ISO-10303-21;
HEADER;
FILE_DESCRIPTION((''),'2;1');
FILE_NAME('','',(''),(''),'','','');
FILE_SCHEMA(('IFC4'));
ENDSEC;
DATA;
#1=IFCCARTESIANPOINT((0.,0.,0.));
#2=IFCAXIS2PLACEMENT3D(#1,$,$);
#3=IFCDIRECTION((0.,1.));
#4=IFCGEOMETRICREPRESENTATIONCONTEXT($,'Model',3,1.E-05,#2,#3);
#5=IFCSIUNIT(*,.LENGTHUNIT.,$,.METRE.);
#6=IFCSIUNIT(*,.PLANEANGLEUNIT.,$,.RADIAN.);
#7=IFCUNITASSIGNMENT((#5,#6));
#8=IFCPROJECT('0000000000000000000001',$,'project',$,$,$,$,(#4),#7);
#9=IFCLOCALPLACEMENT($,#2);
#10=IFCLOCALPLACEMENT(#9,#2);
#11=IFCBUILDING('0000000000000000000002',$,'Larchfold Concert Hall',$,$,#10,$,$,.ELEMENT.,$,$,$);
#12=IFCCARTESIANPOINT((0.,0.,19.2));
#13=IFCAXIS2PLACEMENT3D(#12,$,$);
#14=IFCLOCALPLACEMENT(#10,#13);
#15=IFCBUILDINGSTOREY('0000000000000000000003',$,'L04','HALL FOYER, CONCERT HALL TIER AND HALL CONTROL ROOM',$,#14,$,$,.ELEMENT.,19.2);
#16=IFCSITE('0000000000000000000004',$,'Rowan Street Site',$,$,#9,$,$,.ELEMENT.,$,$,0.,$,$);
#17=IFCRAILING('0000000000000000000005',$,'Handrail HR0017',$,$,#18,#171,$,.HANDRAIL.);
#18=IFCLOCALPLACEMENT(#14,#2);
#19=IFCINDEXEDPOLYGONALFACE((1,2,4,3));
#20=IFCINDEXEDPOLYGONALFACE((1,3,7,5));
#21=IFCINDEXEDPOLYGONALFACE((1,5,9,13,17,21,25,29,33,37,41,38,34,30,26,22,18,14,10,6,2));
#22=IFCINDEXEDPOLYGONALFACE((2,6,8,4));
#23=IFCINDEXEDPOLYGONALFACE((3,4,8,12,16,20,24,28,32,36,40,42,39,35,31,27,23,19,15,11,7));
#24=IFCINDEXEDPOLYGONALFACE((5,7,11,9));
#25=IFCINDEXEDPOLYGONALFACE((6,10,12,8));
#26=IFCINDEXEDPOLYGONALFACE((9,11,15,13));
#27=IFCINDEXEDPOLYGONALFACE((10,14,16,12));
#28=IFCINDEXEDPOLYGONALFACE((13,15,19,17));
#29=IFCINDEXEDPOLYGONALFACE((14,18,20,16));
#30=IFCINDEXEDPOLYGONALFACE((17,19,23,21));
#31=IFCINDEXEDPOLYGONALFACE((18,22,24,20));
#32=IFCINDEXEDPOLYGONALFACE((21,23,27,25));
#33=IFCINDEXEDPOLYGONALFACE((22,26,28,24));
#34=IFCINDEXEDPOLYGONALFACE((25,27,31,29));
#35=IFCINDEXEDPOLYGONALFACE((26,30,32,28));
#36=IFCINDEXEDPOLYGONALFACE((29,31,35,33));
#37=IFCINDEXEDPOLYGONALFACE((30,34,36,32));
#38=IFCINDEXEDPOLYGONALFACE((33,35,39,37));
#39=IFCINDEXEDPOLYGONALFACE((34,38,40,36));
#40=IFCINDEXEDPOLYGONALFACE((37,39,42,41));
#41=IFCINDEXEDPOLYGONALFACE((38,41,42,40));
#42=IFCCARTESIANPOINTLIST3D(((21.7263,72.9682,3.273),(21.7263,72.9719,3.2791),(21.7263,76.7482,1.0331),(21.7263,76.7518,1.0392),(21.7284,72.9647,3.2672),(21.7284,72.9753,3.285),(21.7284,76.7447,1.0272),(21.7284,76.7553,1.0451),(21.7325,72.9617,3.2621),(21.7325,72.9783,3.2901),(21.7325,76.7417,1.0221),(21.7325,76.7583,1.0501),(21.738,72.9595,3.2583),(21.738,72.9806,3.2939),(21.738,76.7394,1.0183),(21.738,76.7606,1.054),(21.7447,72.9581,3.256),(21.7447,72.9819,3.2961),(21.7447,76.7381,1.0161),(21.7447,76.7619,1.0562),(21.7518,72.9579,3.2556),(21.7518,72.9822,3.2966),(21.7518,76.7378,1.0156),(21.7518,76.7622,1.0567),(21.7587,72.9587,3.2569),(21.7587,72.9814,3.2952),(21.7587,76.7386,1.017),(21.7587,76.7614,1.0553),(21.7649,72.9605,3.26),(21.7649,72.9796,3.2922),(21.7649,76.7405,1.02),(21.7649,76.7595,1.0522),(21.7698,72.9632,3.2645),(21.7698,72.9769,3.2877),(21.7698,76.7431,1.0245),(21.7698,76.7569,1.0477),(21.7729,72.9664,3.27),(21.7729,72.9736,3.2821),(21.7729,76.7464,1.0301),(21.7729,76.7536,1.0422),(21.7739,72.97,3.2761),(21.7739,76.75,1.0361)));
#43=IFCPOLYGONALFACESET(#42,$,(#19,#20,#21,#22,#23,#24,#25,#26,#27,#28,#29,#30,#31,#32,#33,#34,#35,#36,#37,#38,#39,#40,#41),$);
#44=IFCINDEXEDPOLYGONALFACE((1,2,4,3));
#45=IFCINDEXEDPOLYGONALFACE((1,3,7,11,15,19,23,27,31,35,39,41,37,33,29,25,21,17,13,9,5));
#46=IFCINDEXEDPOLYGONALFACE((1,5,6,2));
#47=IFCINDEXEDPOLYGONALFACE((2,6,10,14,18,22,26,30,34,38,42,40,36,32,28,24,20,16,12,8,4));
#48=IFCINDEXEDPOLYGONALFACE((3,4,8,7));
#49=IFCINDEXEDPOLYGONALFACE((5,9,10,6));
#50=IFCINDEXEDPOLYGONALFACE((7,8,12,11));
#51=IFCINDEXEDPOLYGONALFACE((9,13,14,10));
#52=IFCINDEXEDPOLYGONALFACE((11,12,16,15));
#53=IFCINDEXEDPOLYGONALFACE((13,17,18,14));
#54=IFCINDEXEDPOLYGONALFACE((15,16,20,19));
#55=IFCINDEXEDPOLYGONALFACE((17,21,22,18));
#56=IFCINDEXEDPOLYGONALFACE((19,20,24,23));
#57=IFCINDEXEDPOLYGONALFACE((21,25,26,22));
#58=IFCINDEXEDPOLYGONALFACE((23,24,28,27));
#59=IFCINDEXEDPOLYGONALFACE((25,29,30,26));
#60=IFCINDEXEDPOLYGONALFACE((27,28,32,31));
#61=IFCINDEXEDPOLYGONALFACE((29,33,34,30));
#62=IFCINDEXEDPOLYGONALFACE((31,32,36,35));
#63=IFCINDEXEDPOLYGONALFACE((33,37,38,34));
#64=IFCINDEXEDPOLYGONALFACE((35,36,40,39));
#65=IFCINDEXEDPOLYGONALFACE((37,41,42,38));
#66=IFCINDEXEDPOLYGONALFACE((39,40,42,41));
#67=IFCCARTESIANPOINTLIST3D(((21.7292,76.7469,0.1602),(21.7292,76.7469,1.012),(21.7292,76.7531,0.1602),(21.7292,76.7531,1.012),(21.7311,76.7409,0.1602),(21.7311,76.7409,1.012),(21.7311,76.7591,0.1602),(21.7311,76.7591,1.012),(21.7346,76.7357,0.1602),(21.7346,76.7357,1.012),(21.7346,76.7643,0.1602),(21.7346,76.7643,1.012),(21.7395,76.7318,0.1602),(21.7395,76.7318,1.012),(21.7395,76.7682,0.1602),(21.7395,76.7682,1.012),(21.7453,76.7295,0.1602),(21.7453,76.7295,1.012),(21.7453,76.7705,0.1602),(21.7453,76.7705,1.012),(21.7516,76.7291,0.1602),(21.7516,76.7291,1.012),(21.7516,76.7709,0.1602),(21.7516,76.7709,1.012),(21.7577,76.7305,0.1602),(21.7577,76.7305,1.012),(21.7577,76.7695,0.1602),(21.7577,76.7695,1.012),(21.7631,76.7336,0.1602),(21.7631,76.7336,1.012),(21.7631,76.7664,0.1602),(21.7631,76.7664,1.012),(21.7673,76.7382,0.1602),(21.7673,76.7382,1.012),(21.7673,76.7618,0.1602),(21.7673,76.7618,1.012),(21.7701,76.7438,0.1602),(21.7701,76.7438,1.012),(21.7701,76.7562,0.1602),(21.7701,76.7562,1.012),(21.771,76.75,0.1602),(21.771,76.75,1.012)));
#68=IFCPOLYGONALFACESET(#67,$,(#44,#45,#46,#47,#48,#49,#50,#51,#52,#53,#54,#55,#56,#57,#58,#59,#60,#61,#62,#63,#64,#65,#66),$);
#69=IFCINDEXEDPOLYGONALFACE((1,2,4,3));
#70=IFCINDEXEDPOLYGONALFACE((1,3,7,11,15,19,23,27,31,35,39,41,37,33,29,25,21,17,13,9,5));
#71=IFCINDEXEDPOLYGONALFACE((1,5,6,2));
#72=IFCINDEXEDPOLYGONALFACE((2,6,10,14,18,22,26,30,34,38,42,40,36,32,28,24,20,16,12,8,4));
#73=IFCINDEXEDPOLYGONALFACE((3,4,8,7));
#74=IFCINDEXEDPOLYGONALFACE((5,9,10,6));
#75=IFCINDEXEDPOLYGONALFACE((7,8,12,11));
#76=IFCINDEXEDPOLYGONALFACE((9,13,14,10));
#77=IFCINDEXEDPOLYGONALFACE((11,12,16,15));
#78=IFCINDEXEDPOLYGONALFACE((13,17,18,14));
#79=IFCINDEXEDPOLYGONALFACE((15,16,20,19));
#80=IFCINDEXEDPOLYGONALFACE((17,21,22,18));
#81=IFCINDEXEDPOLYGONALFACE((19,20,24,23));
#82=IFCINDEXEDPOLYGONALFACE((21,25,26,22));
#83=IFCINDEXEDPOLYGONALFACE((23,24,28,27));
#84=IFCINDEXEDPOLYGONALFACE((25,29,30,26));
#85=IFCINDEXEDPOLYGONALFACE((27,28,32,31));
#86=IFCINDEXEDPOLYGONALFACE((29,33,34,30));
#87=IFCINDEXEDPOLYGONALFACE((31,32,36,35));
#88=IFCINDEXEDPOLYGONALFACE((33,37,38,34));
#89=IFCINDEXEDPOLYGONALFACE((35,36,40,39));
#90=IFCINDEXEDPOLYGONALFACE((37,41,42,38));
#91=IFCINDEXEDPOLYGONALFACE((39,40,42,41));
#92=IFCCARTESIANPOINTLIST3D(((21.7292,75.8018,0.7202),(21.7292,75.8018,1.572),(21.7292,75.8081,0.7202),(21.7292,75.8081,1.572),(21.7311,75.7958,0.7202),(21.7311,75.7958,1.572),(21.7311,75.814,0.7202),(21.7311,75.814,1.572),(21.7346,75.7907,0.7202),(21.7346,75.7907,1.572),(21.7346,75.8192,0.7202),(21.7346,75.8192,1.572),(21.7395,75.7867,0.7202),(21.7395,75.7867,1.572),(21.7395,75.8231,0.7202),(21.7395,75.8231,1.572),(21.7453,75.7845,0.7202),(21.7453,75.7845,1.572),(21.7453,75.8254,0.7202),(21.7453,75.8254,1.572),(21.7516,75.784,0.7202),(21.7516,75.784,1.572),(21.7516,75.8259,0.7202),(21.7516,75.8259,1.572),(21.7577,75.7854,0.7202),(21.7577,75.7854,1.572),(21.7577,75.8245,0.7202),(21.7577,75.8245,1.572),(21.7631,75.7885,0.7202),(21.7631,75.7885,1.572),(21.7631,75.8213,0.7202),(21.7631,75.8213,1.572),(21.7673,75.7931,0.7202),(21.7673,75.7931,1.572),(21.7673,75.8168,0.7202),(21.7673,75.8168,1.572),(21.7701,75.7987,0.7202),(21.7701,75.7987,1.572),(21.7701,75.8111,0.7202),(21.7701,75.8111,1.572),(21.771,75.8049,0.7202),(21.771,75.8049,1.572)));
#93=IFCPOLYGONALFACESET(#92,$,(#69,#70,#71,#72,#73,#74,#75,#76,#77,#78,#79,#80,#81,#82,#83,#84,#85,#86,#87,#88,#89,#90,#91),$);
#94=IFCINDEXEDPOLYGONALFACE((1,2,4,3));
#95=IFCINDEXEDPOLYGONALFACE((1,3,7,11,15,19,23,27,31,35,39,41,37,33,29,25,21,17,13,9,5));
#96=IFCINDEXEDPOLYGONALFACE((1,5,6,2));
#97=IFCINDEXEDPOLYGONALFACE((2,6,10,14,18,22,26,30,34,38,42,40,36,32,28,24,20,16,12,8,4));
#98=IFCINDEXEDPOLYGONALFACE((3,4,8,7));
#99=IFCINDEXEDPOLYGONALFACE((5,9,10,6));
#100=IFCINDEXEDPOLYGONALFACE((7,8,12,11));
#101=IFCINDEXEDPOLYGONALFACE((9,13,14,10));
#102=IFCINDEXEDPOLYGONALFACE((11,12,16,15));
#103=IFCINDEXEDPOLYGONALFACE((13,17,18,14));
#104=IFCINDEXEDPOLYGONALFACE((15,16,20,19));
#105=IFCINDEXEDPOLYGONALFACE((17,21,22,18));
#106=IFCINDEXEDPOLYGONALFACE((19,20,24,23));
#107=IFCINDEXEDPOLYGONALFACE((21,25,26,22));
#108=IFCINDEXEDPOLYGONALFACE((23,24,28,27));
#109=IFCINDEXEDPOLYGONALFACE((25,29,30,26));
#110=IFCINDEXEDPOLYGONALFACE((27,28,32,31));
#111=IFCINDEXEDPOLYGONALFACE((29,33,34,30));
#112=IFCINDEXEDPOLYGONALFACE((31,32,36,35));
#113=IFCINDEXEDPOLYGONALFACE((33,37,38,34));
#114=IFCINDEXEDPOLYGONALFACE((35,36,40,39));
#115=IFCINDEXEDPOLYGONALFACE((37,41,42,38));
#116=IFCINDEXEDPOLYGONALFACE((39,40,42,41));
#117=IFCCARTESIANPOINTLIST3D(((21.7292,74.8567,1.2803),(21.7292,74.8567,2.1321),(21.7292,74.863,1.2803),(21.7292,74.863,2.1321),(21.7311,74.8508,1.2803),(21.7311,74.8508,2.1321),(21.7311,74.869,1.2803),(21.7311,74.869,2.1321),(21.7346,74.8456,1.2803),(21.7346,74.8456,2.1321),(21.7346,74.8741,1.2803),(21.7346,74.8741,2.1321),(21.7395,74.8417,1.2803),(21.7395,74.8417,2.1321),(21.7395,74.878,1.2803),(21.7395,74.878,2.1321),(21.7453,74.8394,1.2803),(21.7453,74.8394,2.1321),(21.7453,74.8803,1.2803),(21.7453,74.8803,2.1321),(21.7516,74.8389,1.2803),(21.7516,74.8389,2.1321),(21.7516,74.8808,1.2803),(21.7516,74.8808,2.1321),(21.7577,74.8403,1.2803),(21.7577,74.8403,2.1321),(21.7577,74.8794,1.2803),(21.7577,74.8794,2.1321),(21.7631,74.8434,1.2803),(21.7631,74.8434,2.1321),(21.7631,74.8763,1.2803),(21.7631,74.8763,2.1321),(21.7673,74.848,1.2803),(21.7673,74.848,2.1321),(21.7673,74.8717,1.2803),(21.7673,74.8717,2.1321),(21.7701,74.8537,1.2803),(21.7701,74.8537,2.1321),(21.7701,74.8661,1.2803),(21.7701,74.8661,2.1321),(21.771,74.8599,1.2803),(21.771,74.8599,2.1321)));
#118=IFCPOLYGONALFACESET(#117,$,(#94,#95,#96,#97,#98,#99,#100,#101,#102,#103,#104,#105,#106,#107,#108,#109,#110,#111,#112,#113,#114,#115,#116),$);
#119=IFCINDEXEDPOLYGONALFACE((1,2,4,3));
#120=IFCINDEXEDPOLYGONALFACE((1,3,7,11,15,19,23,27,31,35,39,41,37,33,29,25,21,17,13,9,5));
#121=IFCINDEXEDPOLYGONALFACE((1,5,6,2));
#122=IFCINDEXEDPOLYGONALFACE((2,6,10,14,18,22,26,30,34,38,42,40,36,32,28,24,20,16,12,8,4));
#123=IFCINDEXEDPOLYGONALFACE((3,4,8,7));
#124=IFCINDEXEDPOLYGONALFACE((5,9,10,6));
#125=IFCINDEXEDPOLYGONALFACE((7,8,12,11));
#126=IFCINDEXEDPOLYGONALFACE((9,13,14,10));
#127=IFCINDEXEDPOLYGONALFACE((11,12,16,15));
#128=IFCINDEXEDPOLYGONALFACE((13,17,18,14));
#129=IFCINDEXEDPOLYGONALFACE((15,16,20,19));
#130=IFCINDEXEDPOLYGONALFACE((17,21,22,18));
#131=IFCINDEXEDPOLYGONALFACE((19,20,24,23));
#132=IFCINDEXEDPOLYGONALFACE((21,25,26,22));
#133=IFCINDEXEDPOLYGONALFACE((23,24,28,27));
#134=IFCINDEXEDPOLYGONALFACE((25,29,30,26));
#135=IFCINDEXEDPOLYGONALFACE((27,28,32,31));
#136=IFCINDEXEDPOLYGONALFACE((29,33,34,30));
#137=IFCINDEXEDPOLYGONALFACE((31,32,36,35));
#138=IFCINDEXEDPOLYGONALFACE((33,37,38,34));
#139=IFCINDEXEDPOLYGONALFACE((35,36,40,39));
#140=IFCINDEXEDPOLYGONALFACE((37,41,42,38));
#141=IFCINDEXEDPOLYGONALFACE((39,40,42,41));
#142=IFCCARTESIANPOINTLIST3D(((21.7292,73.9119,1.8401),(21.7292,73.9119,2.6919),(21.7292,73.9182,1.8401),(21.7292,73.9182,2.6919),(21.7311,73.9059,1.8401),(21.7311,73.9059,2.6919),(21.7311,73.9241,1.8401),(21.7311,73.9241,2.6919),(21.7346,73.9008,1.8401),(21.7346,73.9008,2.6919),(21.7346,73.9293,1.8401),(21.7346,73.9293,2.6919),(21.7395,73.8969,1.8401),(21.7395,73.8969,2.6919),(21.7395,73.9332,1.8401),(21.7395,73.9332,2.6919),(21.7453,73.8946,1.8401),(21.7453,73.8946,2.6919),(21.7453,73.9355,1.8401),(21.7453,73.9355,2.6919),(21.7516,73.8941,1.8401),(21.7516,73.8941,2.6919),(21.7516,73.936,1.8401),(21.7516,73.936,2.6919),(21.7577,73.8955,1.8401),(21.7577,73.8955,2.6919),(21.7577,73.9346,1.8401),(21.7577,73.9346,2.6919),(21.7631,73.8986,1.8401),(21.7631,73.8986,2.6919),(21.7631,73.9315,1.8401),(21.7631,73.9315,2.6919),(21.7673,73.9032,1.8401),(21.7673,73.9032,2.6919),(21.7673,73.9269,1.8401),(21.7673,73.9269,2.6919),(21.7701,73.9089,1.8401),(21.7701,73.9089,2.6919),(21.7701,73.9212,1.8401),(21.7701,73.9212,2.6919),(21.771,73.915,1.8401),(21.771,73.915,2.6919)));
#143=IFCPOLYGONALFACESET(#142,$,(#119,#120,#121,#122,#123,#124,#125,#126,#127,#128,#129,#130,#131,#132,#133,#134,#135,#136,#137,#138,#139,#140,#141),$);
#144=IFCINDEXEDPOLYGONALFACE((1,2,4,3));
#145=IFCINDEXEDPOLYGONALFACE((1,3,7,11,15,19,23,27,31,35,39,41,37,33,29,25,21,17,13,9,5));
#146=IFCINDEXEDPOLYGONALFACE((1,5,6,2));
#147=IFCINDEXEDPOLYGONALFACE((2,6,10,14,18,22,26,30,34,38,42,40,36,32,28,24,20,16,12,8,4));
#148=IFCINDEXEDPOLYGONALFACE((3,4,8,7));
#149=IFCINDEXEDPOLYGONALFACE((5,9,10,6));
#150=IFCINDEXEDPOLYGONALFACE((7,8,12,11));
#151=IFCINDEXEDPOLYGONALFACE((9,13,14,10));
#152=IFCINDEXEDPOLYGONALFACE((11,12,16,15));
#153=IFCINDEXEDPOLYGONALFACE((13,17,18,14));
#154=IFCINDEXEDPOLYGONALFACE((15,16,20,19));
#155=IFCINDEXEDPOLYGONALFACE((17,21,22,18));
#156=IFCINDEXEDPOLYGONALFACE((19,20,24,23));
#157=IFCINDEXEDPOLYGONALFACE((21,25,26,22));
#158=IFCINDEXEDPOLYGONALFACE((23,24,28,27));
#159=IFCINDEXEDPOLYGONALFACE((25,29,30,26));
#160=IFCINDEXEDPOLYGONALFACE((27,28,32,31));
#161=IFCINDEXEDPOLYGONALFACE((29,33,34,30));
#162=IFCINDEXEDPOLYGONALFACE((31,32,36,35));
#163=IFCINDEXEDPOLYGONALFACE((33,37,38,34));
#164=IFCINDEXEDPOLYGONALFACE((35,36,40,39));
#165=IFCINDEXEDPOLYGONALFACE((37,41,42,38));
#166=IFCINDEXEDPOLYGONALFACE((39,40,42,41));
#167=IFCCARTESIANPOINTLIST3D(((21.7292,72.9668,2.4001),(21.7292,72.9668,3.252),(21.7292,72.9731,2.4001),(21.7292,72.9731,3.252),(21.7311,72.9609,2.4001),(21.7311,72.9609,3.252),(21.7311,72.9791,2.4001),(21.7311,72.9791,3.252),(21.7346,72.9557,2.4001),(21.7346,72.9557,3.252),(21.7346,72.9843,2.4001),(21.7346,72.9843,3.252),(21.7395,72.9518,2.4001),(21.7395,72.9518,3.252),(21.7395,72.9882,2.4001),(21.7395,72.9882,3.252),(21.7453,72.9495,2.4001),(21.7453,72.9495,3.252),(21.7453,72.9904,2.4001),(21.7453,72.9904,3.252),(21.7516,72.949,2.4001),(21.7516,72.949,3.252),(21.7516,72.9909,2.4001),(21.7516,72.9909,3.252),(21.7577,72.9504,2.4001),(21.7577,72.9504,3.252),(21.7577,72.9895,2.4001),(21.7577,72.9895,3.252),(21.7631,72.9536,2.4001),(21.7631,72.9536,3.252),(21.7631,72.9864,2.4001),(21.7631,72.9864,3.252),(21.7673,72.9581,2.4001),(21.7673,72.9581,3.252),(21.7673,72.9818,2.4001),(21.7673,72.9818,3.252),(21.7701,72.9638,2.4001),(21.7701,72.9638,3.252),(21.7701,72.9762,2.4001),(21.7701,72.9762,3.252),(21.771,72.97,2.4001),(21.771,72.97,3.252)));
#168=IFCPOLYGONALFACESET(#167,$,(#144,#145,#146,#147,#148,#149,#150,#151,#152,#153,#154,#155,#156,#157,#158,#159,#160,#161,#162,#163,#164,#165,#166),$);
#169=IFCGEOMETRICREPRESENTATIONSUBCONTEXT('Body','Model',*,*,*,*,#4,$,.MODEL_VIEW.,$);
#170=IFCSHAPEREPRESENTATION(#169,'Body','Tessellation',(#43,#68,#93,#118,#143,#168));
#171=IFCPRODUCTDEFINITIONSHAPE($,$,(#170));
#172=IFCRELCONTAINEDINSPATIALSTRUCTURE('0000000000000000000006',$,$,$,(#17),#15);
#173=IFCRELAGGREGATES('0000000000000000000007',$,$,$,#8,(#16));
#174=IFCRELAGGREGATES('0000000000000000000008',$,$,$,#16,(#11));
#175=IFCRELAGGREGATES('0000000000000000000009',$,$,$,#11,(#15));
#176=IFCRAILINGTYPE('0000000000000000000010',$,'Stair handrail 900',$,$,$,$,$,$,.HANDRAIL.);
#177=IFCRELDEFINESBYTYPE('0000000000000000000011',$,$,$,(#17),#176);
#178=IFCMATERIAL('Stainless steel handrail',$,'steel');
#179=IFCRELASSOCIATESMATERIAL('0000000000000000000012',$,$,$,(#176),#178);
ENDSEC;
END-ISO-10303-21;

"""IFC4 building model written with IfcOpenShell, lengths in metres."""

from ifc_helpers import new_model, si_unit, direction, frame, origin, origin_2d, place, context, subcontext, project, spatial, circle, extrude, material, type_object, element, save


model = new_model("IFC4")

# Units and contexts
model_context = context("Model", 3, precision=1e-05, world=origin(), true_north=direction((0.0, 1.0)))
body_context = subcontext(model_context, "Body", "Model", "MODEL_VIEW")
ifc_project = project(units=[si_unit("LENGTHUNIT", "METRE"), si_unit("PLANEANGLEUNIT", "RADIAN")], contexts=[model_context])

# Site, building, storey
site_placement = place(None, origin())
site = spatial("IfcSite", under=ifc_project, at=site_placement, Name="Rowan Street Site", CompositionType="ELEMENT", RefElevation=0.0)
building_placement = place(site_placement, origin())
building = spatial("IfcBuilding", under=site, at=building_placement, Name="Larchfold Concert Hall", CompositionType="ELEMENT")
storey_placement = place(building_placement, frame((0.0, 0.0, 19.2)))
storey = spatial("IfcBuildingStorey", under=building, at=storey_placement, Name="L04", Description="HALL FOYER, CONCERT HALL TIER AND HALL CONTROL ROOM", CompositionType="ELEMENT", Elevation=19.2)

# Railing
ifc_material_1 = material(Name="Stainless steel handrail", Category="steel")
railing_type_1 = type_object("IfcRailingType", Name="Stair handrail 900", PredefinedType="HANDRAIL", material=ifc_material_1)
railing_1_placement = place(storey_placement, frame((21.75, 76.75, 0.1602)))
element("IfcRailing", 1, at=railing_1_placement, inside=storey, type_object=railing_type_1, Name="Handrail HR0017", PredefinedType="HANDRAIL", context=body_context, shape_type="SweptSolid", body=[
    extrude(circle(Radius=0.0239, at=origin_2d()), frame((0.0, 0.0, 0.876), z_axis=(0.0, -0.860294, 0.509798), x_axis=(1.0, 0.0, 0.0)), (0.0, 0.0, 1.0), 4.3938),
    extrude(circle(Radius=0.021, at=origin_2d()), origin(), (0.0, 0.0, 1.0), 0.8518),
    extrude(circle(Radius=0.021, at=origin_2d()), frame((0.0, -0.9451, 0.5601)), (0.0, 0.0, 1.0), 0.8518),
    extrude(circle(Radius=0.021, at=origin_2d()), frame((0.0, -1.8901, 1.1201)), (0.0, 0.0, 1.0), 0.8518),
    extrude(circle(Radius=0.021, at=origin_2d()), frame((0.0, -2.835, 1.6799)), (0.0, 0.0, 1.0), 0.8518),
    extrude(circle(Radius=0.021, at=origin_2d()), frame((0.0, -3.78, 2.24)), (0.0, 0.0, 1.0), 0.8518),
])

save(model, "model.ifc")
